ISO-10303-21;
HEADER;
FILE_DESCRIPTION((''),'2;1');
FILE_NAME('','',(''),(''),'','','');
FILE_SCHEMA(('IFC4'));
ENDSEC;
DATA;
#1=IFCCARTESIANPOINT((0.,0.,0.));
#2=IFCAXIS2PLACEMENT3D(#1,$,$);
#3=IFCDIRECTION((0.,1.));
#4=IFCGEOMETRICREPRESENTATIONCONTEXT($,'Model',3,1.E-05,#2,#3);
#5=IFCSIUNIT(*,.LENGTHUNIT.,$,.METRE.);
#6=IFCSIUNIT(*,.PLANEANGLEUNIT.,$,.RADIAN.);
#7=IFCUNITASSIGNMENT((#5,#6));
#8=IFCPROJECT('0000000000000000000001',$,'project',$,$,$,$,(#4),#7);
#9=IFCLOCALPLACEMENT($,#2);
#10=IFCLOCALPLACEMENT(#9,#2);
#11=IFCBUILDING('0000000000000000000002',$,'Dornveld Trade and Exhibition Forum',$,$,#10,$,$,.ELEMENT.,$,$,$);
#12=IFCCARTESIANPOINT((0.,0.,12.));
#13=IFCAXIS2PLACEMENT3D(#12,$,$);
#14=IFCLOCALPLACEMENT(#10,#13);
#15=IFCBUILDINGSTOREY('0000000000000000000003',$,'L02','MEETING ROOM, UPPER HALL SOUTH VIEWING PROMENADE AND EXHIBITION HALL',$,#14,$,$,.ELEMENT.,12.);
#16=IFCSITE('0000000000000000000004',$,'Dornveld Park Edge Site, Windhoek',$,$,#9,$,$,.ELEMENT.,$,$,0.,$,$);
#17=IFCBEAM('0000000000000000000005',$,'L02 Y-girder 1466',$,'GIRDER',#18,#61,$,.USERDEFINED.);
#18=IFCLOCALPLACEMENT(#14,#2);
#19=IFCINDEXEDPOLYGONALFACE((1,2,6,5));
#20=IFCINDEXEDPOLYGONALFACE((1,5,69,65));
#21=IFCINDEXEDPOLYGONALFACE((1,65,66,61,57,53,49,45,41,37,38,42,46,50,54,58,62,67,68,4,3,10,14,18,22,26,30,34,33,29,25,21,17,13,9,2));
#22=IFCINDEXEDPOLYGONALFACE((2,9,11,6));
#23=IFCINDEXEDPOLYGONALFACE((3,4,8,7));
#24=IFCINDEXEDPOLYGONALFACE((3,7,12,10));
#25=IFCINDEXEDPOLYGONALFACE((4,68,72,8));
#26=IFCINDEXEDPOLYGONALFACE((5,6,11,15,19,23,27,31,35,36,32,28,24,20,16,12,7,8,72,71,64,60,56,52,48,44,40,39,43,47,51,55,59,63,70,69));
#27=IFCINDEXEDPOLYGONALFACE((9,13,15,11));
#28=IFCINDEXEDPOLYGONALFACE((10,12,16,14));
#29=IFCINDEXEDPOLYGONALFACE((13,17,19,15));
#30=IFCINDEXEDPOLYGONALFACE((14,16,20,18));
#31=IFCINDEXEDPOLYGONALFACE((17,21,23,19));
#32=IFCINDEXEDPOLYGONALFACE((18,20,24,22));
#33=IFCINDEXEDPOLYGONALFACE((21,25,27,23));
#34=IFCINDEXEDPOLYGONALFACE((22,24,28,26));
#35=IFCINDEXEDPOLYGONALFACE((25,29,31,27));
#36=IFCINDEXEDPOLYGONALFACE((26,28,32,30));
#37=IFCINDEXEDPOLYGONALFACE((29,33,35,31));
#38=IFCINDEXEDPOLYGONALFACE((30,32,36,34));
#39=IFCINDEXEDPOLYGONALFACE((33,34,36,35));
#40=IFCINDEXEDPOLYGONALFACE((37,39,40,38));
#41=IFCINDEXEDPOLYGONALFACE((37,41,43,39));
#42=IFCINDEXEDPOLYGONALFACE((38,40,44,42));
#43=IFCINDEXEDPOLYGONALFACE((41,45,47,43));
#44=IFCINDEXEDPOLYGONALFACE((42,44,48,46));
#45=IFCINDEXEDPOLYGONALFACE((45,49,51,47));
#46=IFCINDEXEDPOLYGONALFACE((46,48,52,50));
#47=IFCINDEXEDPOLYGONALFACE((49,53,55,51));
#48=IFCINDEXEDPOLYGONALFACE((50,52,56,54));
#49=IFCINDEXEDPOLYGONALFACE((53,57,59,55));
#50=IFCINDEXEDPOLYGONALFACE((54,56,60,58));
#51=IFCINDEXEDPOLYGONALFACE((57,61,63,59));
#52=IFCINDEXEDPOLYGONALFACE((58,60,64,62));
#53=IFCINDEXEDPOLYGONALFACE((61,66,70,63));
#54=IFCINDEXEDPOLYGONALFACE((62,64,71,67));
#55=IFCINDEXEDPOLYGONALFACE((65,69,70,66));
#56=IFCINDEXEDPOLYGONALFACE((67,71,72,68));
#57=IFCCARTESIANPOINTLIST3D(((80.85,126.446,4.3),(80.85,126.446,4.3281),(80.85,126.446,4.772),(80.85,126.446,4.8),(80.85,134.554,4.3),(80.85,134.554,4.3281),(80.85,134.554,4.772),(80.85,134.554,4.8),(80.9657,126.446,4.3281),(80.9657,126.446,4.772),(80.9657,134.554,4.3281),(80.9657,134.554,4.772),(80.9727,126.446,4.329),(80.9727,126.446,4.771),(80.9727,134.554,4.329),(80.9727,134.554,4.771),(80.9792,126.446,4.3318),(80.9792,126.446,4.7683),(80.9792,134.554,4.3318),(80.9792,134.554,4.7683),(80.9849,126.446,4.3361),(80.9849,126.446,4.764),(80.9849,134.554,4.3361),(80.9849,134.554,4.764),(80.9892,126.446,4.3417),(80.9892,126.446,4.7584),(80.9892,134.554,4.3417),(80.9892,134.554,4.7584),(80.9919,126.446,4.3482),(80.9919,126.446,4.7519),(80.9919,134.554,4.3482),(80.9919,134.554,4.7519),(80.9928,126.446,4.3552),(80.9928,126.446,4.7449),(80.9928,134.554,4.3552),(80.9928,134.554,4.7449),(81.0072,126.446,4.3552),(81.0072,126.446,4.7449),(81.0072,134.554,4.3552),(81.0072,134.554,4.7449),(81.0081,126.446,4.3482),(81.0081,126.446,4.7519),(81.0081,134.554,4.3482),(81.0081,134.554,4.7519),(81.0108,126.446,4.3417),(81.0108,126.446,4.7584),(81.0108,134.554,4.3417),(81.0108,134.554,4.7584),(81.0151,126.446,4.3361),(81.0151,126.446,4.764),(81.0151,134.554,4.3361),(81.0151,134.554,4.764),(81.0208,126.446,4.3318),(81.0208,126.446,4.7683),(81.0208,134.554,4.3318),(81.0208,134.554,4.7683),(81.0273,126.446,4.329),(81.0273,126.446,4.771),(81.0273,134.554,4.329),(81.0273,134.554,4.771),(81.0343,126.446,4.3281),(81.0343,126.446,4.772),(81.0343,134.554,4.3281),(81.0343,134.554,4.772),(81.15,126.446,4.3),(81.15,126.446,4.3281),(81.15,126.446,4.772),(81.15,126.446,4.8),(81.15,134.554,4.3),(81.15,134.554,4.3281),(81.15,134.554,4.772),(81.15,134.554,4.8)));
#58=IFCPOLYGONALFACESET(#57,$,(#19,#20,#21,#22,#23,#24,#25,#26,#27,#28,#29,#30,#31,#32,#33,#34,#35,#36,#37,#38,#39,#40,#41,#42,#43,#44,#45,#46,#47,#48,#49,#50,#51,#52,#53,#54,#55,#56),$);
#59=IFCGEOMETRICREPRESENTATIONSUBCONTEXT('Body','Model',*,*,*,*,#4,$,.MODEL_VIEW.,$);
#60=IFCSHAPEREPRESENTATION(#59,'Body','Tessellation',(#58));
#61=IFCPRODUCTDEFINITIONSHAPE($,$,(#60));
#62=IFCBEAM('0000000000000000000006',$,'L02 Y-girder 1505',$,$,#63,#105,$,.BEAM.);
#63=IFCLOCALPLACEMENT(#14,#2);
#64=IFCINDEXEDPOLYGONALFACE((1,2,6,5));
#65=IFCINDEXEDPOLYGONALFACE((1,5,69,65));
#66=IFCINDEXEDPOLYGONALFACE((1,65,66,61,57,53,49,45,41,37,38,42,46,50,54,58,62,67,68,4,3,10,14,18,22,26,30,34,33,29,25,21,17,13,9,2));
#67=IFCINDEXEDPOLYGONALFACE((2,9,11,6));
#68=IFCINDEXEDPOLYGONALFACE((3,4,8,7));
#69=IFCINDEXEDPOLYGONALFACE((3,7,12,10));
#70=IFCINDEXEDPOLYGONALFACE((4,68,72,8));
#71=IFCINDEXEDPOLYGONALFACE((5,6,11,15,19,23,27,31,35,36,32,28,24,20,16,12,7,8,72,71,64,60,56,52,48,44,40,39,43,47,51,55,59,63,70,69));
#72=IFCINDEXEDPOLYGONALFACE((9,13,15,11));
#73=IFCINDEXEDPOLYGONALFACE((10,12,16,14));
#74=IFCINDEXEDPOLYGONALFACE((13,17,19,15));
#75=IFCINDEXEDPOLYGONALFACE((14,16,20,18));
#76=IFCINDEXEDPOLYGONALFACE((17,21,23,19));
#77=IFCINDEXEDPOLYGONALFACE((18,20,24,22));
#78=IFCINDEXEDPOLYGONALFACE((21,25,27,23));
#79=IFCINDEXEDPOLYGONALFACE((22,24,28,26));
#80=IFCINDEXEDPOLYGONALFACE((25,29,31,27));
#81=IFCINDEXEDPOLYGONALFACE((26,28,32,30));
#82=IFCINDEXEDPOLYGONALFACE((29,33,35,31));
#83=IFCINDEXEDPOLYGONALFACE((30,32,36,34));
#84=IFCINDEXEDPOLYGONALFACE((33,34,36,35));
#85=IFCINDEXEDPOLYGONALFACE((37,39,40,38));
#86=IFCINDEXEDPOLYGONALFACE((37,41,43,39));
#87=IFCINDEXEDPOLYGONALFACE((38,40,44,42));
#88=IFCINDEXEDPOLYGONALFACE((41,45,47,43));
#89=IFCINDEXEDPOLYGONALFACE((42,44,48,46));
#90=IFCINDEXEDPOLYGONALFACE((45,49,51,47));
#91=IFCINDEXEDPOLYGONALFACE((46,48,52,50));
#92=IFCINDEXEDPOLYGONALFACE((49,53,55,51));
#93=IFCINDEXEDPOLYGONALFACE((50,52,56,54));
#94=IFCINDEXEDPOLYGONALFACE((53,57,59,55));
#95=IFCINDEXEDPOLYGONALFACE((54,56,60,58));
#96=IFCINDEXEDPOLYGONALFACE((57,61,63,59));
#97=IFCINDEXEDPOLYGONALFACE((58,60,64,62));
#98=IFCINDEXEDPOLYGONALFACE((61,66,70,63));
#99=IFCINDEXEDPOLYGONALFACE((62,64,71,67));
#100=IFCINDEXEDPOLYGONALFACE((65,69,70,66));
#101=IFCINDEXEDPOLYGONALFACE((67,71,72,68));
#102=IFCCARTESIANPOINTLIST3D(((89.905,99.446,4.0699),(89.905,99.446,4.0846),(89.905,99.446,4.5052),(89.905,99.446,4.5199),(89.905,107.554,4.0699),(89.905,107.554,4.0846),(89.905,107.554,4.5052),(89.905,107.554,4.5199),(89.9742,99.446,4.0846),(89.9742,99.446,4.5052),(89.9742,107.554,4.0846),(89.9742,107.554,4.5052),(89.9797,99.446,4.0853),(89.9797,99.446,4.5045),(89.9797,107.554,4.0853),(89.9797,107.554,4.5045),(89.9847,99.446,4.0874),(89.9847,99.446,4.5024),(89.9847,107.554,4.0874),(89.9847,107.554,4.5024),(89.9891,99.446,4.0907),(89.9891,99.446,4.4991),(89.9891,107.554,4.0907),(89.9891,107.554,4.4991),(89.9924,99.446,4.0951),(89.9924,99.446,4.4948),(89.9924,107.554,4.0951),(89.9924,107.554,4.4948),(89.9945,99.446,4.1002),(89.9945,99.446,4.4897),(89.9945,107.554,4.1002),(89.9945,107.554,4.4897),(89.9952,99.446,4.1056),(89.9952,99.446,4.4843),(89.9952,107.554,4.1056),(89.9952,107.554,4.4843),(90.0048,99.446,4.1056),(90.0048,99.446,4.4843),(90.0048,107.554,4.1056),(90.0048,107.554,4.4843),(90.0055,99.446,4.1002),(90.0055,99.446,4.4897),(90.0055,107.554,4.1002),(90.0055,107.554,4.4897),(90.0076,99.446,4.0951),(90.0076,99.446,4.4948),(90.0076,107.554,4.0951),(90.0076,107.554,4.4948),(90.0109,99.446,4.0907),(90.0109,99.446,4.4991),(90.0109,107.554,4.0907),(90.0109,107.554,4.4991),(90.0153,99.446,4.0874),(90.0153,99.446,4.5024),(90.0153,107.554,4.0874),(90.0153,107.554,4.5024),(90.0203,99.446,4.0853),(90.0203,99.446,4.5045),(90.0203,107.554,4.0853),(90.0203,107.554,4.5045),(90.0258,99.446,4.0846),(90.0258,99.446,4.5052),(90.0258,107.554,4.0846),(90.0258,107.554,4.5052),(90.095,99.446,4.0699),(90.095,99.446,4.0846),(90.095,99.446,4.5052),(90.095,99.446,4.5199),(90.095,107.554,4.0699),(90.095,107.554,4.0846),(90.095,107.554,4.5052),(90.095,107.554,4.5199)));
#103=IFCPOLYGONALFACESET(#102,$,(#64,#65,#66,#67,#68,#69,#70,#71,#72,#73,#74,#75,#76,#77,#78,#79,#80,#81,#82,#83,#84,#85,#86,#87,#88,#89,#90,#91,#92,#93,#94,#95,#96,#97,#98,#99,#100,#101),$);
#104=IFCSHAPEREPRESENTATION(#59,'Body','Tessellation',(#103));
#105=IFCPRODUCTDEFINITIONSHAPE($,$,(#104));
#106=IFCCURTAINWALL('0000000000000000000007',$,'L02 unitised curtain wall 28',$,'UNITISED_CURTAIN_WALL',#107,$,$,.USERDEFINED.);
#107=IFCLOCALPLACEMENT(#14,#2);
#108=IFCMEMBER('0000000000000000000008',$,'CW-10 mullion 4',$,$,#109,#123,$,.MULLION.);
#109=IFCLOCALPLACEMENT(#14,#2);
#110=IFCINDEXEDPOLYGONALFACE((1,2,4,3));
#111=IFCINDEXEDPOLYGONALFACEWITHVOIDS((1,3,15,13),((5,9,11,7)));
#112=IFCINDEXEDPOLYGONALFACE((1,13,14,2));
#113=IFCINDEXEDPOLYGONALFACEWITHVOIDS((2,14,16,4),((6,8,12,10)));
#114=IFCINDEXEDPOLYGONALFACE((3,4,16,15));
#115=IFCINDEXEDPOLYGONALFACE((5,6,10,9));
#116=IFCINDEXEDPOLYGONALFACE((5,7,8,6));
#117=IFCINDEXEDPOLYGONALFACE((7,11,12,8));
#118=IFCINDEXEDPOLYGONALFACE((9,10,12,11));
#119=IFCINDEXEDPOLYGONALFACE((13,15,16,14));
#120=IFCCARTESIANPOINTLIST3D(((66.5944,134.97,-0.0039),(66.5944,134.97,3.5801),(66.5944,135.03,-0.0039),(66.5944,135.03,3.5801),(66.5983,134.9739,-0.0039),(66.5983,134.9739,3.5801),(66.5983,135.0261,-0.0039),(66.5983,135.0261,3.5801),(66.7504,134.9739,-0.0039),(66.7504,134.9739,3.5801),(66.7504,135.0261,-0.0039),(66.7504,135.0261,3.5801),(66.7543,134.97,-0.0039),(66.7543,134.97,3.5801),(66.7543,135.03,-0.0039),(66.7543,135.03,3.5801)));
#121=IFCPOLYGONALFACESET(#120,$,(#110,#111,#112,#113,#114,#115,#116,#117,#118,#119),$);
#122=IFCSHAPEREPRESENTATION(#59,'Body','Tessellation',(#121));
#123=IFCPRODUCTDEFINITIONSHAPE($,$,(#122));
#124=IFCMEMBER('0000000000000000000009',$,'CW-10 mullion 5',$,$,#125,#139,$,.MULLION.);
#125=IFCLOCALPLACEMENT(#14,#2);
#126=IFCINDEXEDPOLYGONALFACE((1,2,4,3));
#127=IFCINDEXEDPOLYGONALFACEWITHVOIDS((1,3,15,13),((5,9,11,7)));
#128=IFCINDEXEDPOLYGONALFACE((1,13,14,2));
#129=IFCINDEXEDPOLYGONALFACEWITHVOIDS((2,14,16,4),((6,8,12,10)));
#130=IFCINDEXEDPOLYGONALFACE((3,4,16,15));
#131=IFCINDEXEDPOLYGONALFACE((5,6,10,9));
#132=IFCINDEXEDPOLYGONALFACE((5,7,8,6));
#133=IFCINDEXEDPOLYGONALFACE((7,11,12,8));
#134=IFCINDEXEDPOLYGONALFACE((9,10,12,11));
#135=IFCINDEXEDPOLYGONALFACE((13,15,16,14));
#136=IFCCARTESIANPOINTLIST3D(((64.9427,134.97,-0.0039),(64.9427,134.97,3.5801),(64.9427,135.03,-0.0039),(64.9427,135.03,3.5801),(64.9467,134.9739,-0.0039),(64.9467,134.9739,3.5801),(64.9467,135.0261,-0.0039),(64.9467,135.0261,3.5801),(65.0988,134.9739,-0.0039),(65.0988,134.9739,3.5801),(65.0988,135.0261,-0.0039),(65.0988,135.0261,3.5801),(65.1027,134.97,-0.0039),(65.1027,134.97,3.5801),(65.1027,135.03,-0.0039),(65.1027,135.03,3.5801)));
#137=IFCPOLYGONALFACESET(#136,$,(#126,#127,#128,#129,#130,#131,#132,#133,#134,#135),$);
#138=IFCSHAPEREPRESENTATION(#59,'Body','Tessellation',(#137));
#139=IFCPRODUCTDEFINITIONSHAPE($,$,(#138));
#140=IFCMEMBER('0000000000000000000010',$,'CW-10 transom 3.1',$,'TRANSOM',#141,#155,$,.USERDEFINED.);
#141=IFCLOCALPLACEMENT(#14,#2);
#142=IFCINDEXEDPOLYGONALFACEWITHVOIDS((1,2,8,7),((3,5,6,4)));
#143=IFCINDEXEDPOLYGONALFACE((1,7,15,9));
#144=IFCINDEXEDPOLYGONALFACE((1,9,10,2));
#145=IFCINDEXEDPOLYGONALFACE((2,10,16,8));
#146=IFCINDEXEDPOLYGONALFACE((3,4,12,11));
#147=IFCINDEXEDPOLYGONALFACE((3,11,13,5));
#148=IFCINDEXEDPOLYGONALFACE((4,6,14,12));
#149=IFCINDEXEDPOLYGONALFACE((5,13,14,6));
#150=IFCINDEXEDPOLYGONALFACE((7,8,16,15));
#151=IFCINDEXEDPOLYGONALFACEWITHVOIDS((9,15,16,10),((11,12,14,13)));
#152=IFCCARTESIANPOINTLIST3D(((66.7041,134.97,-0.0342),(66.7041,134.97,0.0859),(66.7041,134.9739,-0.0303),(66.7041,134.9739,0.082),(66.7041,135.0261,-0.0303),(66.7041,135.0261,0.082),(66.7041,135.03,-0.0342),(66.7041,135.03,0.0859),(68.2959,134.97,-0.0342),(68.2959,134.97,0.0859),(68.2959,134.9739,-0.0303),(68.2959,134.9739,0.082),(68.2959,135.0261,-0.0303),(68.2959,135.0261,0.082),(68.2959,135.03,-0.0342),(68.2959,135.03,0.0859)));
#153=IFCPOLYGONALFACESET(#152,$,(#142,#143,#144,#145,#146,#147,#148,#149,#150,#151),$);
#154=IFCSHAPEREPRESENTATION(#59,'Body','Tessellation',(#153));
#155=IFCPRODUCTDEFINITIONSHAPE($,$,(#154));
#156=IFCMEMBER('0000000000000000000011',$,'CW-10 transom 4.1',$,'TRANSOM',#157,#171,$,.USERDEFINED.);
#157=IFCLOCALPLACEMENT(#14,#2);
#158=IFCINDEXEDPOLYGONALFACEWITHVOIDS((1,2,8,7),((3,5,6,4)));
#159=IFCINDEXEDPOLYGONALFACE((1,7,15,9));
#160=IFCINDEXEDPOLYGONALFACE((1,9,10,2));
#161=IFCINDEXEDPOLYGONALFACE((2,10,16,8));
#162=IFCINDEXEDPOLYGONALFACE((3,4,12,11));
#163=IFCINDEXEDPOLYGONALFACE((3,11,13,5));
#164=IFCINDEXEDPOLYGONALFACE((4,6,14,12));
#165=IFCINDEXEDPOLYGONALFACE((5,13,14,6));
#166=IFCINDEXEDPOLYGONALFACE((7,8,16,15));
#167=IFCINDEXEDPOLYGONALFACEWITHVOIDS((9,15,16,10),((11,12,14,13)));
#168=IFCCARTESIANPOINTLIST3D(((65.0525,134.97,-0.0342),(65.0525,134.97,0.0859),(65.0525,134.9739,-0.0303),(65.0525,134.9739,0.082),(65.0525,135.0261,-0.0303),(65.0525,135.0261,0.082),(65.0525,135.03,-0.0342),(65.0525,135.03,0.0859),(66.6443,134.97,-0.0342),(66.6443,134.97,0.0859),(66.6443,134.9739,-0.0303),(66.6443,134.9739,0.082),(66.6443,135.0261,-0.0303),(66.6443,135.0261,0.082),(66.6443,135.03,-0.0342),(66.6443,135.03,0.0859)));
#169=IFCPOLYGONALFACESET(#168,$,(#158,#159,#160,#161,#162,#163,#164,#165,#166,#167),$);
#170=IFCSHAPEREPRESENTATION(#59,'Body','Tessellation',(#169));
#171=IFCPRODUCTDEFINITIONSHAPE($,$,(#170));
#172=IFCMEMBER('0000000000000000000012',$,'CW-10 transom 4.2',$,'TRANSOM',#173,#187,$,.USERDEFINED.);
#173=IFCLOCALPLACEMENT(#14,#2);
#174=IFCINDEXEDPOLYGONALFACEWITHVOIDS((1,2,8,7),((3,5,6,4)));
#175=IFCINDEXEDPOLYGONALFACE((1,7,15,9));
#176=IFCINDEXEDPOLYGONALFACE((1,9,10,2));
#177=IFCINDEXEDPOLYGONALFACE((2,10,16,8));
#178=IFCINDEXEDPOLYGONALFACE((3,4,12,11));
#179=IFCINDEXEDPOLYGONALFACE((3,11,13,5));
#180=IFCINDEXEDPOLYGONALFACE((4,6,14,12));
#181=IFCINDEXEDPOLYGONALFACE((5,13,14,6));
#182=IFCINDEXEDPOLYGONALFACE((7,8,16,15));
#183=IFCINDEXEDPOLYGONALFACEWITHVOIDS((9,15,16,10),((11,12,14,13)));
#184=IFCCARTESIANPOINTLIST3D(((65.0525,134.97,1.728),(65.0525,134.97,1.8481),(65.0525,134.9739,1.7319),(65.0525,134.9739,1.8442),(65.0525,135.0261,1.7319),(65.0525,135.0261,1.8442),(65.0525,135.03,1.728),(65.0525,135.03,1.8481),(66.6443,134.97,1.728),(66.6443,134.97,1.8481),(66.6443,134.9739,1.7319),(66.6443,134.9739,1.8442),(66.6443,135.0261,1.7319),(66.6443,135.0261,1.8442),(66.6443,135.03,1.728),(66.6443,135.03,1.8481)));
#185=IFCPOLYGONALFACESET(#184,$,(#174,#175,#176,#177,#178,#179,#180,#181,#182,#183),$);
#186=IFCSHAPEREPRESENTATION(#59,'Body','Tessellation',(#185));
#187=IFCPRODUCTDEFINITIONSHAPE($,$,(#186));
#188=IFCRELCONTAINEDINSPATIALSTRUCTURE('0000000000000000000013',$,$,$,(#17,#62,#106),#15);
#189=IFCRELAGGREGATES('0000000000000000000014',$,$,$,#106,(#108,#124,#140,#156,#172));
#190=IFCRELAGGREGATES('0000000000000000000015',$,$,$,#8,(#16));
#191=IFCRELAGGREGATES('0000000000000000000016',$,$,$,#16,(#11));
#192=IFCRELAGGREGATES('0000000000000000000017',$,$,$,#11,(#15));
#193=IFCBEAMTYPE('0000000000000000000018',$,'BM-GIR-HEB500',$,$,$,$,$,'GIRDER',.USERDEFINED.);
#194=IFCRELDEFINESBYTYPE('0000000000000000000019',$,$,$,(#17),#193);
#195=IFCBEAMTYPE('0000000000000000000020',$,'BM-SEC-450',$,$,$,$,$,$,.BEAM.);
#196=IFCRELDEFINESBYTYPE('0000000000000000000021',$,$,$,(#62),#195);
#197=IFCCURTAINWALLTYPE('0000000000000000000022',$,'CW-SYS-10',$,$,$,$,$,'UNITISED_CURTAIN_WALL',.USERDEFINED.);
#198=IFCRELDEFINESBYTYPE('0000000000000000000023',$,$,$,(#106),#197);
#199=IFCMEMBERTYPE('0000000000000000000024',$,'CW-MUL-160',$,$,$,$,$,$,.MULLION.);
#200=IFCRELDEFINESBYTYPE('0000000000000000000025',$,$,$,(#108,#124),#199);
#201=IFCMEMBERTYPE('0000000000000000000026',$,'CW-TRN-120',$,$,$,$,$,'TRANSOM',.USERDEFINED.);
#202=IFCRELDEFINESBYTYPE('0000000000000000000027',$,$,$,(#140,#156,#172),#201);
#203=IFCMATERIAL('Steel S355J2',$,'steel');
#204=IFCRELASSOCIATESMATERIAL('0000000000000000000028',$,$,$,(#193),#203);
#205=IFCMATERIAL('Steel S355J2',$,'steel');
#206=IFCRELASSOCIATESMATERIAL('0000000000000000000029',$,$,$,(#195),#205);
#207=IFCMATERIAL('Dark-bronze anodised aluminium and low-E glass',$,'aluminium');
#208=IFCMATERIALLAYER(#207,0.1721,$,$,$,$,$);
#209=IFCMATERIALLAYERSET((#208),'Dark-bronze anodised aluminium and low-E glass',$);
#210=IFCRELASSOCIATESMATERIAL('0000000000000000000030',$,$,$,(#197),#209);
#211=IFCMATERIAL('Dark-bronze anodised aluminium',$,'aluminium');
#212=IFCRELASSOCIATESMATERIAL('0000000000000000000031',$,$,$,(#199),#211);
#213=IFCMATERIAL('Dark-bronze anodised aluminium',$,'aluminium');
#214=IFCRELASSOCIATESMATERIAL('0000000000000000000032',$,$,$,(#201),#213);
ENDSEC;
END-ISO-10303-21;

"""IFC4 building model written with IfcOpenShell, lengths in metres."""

from ifc_helpers import new_model, si_unit, direction, frame, origin, origin_2d, place, context, subcontext, project, spatial, hollow_rectangle, i_section, extrude, material, layer, layer_set, material_profile, profile_set, type_object, element, aggregate, save


model = new_model("IFC4")

# Units and contexts
model_context = context("Model", 3, precision=1e-05, world=origin(), true_north=direction((0.0, 1.0)))
body_context = subcontext(model_context, "Body", "Model", "MODEL_VIEW")
ifc_project = project(units=[si_unit("LENGTHUNIT", "METRE"), si_unit("PLANEANGLEUNIT", "RADIAN")], contexts=[model_context])

# Site, building, storey
site_placement = place(None, origin())
site = spatial("IfcSite", under=ifc_project, at=site_placement, Name="Dornveld Park Edge Site, Windhoek", CompositionType="ELEMENT", RefElevation=0.0)
building_placement = place(site_placement, origin())
building = spatial("IfcBuilding", under=site, at=building_placement, Name="Dornveld Trade and Exhibition Forum", CompositionType="ELEMENT")
storey_placement = place(building_placement, frame((0.0, 0.0, 12.0)))
storey = spatial("IfcBuildingStorey", under=building, at=storey_placement, Name="L02", Description="MEETING ROOM, UPPER HALL SOUTH VIEWING PROMENADE AND EXHIBITION HALL", CompositionType="ELEMENT", Elevation=12.0)

# Beams
ifc_material_1 = material(Name="Steel S355J2", Category="steel")
ifc_material_profile_1 = material_profile(ifc_material_1, i_section(OverallWidth=0.3, OverallDepth=0.5, WebThickness=0.0144, FlangeThickness=0.0281, FilletRadius=0.0271, at=origin_2d()), Name="HEB 500")
ifc_profile_set_1 = profile_set([ifc_material_profile_1], Name="Steel S355J2")
beam_type_1 = type_object("IfcBeamType", Name="BM-GIR-HEB500", ElementType="GIRDER", PredefinedType="USERDEFINED", material=ifc_profile_set_1)
for number, where, z_axis, x_axis, name in (
    (1, (81.0, 126.446, 4.55), (0.0, 1.0, 0.0), (-1.0, 0.0, 0.0), "L02 Y-girder 1466"),
):
    element("IfcBeam", number, at=place(storey_placement, frame(where, z_axis=z_axis, x_axis=x_axis)), inside=storey, type_object=beam_type_1, Name=name, ObjectType="GIRDER", PredefinedType="USERDEFINED", context=body_context, shape_type="SweptSolid", body=[
        extrude(i_section(OverallWidth=0.3, OverallDepth=0.5, WebThickness=0.0144, FlangeThickness=0.0281, FilletRadius=0.0271, at=origin_2d()), origin(), (0.0, 0.0, 1.0), 8.1079),
    ])
ifc_material_2 = material(Name="Steel S355J2", Category="steel")
ifc_material_profile_2 = material_profile(ifc_material_2, i_section(OverallWidth=0.1899, OverallDepth=0.45, WebThickness=0.0095, FlangeThickness=0.0146, FilletRadius=0.021, at=origin_2d()), Name="IPE 450")
ifc_profile_set_2 = profile_set([ifc_material_profile_2], Name="Steel S355J2")
beam_type_2 = type_object("IfcBeamType", Name="BM-SEC-450", PredefinedType="BEAM", material=ifc_profile_set_2)
beam_placement = place(storey_placement, frame((90.0, 99.446, 4.2949), z_axis=(0.0, 1.0, 0.0), x_axis=(-1.0, 0.0, 0.0)))
element("IfcBeam", 2, at=beam_placement, inside=storey, type_object=beam_type_2, Name="L02 Y-girder 1505", PredefinedType="BEAM", context=body_context, shape_type="SweptSolid", body=[
    extrude(i_section(OverallWidth=0.1899, OverallDepth=0.45, WebThickness=0.0095, FlangeThickness=0.0146, FilletRadius=0.021, at=origin_2d()), origin(), (0.0, 0.0, 1.0), 8.1079),
])

# Curtain wall, members
ifc_material_3 = material(Name="Dark-bronze anodised aluminium and low-E glass", Category="aluminium")
ifc_layer_1 = layer(ifc_material_3, 0.1721)
ifc_layer_set_1 = layer_set([ifc_layer_1], Name="Dark-bronze anodised aluminium and low-E glass")
curtain_wall_type = type_object("IfcCurtainWallType", Name="CW-SYS-10", ElementType="UNITISED_CURTAIN_WALL", PredefinedType="USERDEFINED", material=ifc_layer_set_1)
curtain_wall_placement = place(storey_placement, origin())
curtain_wall = element("IfcCurtainWall", 3, at=curtain_wall_placement, inside=storey, type_object=curtain_wall_type, Name="L02 unitised curtain wall 28", ObjectType="UNITISED_CURTAIN_WALL", PredefinedType="USERDEFINED")
ifc_material_4 = material(Name="Dark-bronze anodised aluminium", Category="aluminium")
ifc_material_profile_3 = material_profile(ifc_material_4, hollow_rectangle(XDim=0.0601, YDim=0.1599, WallThickness=0.0039, at=origin_2d()), Name="RHS 160x60x4")
ifc_profile_set_3 = profile_set([ifc_material_profile_3], Name="Dark-bronze anodised aluminium")
member_type_1 = type_object("IfcMemberType", Name="CW-MUL-160", PredefinedType="MULLION", material=ifc_profile_set_3)
member_1_placement = place(storey_placement, frame((66.6743, 135.0, -0.0039), z_axis=(0.0, 0.0, 1.0), x_axis=(0.0, -1.0, 0.0)))
member_1 = element("IfcMember", 4, at=member_1_placement, type_object=member_type_1, Name="CW-10 mullion 4", PredefinedType="MULLION", context=body_context, shape_type="SweptSolid", body=[
    extrude(hollow_rectangle(XDim=0.0601, YDim=0.1599, WallThickness=0.0039, at=origin_2d()), origin(), (0.0, 0.0, 1.0), 3.584),
])
member_2_placement = place(storey_placement, frame((65.0227, 135.0, -0.0039), z_axis=(0.0, 0.0, 1.0), x_axis=(0.0, -1.0, 0.0)))
member_2 = element("IfcMember", 5, at=member_2_placement, type_object=member_type_1, Name="CW-10 mullion 5", PredefinedType="MULLION", context=body_context, shape_type="SweptSolid", body=[
    extrude(hollow_rectangle(XDim=0.0601, YDim=0.1599, WallThickness=0.0039, at=origin_2d()), origin(), (0.0, 0.0, 1.0), 3.584),
])
ifc_material_5 = material(Name="Dark-bronze anodised aluminium", Category="aluminium")
ifc_material_profile_4 = material_profile(ifc_material_5, hollow_rectangle(XDim=0.0601, YDim=0.1201, WallThickness=0.0039, at=origin_2d()), Name="RHS 120x60x4")
ifc_profile_set_4 = profile_set([ifc_material_profile_4], Name="Dark-bronze anodised aluminium")
member_type_2 = type_object("IfcMemberType", Name="CW-TRN-120", ElementType="TRANSOM", PredefinedType="USERDEFINED", material=ifc_profile_set_4)
member_3_placement = place(storey_placement, frame((68.2959, 135.0, 0.0259), z_axis=(-1.0, 0.0, 0.0), x_axis=(0.0, -1.0, 0.0)))
member_3 = element("IfcMember", 6, at=member_3_placement, type_object=member_type_2, Name="CW-10 transom 3.1", ObjectType="TRANSOM", PredefinedType="USERDEFINED", context=body_context, shape_type="SweptSolid", body=[
    extrude(hollow_rectangle(XDim=0.0601, YDim=0.1201, WallThickness=0.0039, at=origin_2d()), origin(), (0.0, 0.0, 1.0), 1.5918),
])
member_4_placement = place(storey_placement, frame((66.6443, 135.0, 0.0259), z_axis=(-1.0, 0.0, 0.0), x_axis=(0.0, -1.0, 0.0)))
member_4 = element("IfcMember", 7, at=member_4_placement, type_object=member_type_2, Name="CW-10 transom 4.1", ObjectType="TRANSOM", PredefinedType="USERDEFINED", context=body_context, shape_type="SweptSolid", body=[
    extrude(hollow_rectangle(XDim=0.0601, YDim=0.1201, WallThickness=0.0039, at=origin_2d()), origin(), (0.0, 0.0, 1.0), 1.5918),
])
member_5_placement = place(storey_placement, frame((66.6443, 135.0, 1.7881), z_axis=(-1.0, 0.0, 0.0), x_axis=(0.0, -1.0, 0.0)))
member_5 = element("IfcMember", 8, at=member_5_placement, type_object=member_type_2, Name="CW-10 transom 4.2", ObjectType="TRANSOM", PredefinedType="USERDEFINED", context=body_context, shape_type="SweptSolid", body=[
    extrude(hollow_rectangle(XDim=0.0601, YDim=0.1201, WallThickness=0.0039, at=origin_2d()), origin(), (0.0, 0.0, 1.0), 1.5918),
])
aggregate(curtain_wall, [member_1, member_2, member_3, member_4, member_5])

save(model, "model.ifc")
